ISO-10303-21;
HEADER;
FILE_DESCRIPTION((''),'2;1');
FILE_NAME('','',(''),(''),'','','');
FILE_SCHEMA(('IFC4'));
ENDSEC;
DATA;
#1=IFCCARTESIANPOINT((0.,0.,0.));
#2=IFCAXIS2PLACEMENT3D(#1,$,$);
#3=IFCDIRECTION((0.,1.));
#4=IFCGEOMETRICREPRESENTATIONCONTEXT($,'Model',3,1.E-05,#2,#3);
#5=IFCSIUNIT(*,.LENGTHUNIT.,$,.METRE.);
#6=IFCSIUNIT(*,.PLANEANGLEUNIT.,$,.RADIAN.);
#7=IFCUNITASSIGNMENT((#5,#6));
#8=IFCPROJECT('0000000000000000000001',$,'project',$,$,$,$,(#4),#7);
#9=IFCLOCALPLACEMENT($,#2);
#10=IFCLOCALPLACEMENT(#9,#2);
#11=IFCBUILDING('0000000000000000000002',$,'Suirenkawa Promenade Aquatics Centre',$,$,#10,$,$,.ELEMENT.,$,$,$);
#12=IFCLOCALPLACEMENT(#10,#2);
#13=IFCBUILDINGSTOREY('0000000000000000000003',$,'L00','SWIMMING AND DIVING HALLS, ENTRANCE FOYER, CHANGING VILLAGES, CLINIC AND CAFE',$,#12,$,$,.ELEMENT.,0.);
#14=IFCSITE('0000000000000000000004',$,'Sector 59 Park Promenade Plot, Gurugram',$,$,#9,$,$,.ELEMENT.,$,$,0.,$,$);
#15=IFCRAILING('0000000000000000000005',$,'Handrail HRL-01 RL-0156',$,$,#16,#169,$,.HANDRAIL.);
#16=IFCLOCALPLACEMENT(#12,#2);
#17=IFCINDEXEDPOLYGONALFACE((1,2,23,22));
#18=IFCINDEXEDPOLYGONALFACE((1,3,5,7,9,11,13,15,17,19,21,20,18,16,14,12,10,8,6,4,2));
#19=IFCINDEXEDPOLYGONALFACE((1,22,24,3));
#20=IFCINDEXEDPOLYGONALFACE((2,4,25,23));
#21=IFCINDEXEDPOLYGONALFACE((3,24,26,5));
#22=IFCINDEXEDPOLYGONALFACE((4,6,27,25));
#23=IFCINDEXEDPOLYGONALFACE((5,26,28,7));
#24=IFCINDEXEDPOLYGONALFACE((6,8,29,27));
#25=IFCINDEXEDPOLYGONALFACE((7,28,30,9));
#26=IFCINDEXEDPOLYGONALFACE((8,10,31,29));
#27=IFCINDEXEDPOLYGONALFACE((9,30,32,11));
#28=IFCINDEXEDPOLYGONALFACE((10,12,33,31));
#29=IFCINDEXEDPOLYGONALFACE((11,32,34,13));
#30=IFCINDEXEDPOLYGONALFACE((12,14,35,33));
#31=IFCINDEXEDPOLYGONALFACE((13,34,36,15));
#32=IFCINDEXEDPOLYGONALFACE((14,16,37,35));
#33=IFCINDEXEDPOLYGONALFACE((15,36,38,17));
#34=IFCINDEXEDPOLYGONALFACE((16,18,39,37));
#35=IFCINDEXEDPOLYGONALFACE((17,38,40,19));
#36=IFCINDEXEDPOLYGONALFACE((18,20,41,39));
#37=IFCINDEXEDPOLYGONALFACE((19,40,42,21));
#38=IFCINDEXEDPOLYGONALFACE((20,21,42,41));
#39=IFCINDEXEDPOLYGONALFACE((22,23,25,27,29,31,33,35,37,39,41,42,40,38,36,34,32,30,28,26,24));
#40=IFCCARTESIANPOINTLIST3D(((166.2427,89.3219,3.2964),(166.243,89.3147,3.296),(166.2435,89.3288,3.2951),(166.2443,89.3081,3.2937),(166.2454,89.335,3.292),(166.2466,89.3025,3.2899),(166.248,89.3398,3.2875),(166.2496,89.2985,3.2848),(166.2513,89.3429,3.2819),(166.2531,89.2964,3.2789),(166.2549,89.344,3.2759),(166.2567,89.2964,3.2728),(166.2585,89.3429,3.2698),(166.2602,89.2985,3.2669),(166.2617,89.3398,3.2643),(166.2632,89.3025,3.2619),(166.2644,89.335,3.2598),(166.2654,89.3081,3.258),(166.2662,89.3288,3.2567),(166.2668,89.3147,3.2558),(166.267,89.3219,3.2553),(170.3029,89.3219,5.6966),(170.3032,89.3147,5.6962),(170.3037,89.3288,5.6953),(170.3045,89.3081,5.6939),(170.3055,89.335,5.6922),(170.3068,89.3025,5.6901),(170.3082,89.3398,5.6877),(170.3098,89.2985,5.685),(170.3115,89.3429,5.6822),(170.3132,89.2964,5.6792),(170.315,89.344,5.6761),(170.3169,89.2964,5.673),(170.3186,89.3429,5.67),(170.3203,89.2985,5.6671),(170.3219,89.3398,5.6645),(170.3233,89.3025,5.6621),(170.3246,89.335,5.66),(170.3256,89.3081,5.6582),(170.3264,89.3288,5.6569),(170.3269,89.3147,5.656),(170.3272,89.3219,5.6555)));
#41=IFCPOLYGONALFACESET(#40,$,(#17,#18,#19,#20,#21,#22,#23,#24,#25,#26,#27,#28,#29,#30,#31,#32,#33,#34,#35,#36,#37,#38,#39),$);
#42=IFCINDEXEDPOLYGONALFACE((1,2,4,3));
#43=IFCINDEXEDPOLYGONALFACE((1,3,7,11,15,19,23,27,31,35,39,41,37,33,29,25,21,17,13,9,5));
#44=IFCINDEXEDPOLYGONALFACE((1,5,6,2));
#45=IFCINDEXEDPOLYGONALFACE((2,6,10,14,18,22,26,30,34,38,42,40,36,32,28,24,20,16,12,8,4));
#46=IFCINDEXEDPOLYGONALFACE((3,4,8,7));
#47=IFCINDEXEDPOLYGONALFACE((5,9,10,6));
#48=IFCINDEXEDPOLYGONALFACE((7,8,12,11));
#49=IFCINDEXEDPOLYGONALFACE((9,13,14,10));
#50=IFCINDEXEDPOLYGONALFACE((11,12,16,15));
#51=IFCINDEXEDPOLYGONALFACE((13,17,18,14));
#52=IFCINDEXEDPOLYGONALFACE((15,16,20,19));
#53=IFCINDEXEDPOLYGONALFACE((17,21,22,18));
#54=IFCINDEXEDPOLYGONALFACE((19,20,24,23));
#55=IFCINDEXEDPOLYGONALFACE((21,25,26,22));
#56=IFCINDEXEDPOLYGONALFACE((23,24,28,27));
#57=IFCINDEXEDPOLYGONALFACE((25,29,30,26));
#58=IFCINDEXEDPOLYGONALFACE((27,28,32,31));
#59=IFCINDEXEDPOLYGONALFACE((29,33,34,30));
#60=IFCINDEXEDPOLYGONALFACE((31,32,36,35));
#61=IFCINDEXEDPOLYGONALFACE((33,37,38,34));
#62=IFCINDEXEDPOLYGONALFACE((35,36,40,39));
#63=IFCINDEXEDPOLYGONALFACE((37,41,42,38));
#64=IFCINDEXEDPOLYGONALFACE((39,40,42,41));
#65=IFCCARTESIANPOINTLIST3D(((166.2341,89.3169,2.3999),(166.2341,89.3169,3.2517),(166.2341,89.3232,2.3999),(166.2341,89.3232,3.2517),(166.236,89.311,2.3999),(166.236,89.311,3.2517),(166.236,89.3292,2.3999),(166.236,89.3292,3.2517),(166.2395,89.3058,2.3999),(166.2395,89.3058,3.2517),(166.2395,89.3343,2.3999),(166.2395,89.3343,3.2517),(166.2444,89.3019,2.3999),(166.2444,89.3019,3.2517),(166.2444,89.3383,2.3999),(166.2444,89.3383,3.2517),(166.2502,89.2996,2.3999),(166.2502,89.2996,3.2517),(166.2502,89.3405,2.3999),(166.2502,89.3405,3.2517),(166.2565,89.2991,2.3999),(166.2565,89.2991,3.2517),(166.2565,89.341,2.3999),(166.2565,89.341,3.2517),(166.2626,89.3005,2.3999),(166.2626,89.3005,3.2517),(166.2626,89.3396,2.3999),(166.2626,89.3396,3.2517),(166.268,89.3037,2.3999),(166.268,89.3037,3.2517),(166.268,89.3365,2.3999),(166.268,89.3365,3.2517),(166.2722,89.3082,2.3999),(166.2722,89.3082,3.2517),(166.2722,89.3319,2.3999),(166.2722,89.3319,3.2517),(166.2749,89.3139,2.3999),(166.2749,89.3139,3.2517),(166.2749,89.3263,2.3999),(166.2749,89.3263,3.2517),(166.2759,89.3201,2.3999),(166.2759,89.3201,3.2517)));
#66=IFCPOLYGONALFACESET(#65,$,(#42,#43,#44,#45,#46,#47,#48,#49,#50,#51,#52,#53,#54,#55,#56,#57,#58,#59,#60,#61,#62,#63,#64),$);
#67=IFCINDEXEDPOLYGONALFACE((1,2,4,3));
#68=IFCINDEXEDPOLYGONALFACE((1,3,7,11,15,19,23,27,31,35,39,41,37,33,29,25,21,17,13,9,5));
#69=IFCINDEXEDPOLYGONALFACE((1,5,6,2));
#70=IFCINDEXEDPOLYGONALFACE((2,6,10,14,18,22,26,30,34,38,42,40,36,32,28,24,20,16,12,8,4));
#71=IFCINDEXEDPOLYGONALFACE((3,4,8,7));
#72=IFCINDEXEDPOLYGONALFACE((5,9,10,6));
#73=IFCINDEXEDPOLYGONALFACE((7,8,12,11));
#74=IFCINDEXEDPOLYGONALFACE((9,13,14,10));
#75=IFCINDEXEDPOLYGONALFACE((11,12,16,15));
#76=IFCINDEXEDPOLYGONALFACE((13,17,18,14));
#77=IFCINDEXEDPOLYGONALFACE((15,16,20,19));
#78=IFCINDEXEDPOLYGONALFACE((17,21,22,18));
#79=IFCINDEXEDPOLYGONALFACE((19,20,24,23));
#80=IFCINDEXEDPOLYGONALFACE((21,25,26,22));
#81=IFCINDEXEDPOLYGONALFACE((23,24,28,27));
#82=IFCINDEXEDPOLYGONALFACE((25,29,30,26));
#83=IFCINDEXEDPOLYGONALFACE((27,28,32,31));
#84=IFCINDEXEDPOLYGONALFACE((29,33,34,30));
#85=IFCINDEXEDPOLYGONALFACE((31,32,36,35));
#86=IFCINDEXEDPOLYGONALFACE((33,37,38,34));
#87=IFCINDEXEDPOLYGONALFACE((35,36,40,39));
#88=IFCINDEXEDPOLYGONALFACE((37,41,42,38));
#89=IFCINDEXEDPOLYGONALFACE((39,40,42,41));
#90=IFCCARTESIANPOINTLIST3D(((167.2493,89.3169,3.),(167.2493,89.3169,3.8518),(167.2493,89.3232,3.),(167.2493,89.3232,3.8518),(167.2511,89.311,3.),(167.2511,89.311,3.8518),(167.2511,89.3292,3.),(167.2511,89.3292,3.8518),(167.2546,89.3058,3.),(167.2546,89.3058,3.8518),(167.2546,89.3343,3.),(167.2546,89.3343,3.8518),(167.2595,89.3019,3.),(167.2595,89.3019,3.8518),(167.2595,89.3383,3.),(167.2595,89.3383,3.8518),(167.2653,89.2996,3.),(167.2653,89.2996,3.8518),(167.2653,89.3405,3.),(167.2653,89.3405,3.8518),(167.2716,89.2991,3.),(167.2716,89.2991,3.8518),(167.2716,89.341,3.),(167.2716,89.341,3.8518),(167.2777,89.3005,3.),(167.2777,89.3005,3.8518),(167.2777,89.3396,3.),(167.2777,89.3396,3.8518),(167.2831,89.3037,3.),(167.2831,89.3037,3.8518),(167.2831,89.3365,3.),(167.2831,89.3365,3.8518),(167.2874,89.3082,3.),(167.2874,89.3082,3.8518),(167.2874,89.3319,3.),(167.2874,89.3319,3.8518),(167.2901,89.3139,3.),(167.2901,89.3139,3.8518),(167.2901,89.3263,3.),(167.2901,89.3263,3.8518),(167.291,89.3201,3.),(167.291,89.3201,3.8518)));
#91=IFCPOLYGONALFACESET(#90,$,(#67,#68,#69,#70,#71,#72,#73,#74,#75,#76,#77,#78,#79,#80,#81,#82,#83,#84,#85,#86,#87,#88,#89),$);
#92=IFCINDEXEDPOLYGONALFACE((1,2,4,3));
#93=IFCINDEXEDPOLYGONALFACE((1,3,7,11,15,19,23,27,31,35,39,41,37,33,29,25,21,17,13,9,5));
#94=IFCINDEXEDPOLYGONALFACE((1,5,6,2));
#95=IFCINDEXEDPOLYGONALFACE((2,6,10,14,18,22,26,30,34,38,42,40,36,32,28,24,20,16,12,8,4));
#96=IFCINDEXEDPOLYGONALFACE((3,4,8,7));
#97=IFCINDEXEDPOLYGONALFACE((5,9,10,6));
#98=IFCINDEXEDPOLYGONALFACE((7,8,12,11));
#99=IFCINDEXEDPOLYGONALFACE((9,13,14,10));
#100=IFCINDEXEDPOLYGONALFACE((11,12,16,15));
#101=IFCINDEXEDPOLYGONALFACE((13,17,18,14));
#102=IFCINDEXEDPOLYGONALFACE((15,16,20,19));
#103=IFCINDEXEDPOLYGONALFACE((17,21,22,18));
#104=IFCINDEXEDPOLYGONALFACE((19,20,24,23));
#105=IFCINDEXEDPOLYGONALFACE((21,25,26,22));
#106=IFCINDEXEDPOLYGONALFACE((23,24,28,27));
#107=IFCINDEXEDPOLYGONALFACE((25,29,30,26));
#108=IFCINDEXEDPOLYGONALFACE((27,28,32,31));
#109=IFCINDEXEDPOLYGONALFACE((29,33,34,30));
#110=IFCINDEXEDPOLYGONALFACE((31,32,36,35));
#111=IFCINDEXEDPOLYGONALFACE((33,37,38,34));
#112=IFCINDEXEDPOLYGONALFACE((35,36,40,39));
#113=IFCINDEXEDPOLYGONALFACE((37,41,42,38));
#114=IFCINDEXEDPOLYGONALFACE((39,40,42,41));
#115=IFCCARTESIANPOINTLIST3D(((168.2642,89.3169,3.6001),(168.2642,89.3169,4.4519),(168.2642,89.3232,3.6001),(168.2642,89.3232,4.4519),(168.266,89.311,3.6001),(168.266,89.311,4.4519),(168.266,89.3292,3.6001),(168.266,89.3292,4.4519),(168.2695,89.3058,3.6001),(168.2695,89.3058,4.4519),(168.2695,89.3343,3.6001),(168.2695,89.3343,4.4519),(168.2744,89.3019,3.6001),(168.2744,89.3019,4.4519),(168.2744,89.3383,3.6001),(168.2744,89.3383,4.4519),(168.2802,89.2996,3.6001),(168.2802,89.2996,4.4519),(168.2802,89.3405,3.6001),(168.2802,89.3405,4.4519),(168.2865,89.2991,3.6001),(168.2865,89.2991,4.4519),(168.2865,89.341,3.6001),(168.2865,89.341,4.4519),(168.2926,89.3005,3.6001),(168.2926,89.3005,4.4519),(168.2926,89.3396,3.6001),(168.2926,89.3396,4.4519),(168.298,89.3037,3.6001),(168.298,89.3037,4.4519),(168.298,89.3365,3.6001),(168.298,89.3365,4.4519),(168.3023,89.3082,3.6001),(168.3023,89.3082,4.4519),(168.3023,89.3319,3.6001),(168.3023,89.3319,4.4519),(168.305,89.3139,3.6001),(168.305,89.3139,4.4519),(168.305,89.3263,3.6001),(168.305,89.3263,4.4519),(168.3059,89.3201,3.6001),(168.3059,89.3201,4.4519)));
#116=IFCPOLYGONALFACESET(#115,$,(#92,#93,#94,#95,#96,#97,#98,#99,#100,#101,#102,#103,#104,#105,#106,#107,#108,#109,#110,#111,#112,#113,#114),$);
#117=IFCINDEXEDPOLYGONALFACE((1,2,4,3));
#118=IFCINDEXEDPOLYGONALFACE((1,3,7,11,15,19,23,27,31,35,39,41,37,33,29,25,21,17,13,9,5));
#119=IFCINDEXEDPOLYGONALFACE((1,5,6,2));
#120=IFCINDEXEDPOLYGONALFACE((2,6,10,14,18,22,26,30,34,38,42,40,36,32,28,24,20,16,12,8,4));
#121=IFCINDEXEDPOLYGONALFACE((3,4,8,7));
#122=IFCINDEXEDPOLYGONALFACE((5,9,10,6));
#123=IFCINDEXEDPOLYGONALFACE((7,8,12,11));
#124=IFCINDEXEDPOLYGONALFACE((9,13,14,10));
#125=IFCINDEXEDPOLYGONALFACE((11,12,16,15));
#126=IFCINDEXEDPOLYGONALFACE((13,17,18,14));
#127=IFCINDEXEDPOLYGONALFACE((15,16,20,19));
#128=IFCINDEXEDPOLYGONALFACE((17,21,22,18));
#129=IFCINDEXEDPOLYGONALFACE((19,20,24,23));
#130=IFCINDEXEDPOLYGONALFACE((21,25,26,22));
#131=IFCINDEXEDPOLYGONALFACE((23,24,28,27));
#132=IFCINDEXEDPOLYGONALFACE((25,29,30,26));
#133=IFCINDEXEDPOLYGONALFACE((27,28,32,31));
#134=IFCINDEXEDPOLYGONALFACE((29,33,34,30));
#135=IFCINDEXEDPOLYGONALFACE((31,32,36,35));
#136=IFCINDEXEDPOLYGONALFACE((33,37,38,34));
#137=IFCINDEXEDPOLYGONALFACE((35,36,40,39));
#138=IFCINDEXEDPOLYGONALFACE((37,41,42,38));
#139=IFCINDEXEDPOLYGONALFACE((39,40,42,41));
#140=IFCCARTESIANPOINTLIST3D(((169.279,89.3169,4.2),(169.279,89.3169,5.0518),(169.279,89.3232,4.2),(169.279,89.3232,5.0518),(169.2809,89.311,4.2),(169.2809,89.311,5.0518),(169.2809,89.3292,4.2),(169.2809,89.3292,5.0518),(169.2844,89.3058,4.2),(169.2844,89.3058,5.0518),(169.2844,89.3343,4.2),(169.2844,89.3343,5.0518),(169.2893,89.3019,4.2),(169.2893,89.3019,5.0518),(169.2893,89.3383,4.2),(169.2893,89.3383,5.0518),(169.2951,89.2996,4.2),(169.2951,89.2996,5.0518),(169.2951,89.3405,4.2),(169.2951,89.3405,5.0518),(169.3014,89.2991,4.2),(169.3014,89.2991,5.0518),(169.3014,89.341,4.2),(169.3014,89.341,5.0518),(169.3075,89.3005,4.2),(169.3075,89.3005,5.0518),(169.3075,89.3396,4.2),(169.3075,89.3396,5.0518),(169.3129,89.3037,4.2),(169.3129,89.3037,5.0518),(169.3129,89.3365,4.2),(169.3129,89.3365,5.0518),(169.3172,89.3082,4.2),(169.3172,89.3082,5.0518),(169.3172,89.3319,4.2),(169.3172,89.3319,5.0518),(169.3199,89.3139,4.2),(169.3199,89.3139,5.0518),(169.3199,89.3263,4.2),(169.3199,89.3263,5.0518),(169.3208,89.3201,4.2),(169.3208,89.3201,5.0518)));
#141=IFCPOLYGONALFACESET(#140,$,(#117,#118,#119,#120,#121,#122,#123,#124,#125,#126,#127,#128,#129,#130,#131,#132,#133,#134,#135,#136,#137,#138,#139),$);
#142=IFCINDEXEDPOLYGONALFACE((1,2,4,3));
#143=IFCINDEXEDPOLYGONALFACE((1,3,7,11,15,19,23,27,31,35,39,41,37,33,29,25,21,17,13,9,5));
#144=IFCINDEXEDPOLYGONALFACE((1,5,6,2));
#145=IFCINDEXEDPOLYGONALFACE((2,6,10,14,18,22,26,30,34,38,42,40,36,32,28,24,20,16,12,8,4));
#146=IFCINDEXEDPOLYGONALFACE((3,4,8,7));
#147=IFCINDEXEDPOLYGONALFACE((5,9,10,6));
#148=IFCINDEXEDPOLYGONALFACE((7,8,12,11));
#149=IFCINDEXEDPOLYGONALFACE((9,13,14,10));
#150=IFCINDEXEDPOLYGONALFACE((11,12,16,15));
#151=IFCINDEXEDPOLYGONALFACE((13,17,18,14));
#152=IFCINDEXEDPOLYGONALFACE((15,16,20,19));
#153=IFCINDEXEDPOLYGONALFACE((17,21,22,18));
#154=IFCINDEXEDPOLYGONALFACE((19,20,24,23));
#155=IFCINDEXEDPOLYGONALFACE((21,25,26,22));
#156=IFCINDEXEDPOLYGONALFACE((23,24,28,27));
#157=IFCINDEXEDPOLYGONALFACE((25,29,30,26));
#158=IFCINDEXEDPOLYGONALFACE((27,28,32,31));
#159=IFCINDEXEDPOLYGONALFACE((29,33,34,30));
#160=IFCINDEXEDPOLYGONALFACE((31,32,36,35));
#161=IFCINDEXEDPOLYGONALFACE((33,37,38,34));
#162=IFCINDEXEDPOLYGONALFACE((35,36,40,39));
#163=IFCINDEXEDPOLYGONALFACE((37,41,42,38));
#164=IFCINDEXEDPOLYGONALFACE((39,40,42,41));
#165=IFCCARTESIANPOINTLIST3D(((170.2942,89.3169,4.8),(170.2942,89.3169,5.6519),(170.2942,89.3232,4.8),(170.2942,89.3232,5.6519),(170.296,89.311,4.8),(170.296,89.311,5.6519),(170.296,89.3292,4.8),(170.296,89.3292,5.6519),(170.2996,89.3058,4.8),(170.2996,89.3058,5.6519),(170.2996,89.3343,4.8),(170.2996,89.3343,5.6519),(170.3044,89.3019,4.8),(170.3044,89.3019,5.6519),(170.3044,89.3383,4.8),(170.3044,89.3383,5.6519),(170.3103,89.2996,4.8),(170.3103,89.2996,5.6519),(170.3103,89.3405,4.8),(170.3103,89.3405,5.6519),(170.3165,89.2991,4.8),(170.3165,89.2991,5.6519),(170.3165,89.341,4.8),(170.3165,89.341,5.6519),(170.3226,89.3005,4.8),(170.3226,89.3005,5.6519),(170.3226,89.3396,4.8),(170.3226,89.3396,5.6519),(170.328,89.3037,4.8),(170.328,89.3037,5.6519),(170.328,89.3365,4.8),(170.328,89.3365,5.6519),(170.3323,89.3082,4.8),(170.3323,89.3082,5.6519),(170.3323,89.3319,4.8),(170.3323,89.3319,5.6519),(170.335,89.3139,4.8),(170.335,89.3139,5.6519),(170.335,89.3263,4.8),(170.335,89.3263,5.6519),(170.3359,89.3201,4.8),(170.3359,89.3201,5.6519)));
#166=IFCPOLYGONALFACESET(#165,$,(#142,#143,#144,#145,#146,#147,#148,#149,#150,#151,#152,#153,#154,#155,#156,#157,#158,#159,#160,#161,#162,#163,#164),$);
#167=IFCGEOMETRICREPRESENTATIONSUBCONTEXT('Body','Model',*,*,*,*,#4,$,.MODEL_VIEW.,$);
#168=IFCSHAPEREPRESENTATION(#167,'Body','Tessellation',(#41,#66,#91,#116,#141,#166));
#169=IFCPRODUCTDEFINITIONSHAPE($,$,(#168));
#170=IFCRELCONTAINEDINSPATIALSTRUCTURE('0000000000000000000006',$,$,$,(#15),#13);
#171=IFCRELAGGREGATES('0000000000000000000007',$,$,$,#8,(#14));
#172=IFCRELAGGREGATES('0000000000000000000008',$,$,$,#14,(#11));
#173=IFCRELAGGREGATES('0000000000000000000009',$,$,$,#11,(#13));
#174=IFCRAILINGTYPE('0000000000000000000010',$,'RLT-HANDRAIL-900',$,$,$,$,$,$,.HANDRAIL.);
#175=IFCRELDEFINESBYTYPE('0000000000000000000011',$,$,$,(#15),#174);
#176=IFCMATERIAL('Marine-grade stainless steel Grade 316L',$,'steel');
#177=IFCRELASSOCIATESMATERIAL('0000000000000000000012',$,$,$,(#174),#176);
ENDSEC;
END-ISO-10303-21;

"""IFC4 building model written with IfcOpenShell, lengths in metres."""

from ifc_helpers import new_model, si_unit, direction, frame, origin, origin_2d, place, context, subcontext, project, spatial, circle, extrude, material, type_object, element, save


model = new_model("IFC4")

# Units and contexts
model_context = context("Model", 3, precision=1e-05, world=origin(), true_north=direction((0.0, 1.0)))
body_context = subcontext(model_context, "Body", "Model", "MODEL_VIEW")
ifc_project = project(units=[si_unit("LENGTHUNIT", "METRE"), si_unit("PLANEANGLEUNIT", "RADIAN")], contexts=[model_context])

# Site, building, storey
site_placement = place(None, origin())
site = spatial("IfcSite", under=ifc_project, at=site_placement, Name="Sector 59 Park Promenade Plot, Gurugram", CompositionType="ELEMENT", RefElevation=0.0)
building_placement = place(site_placement, origin())
building = spatial("IfcBuilding", under=site, at=building_placement, Name="Suirenkawa Promenade Aquatics Centre", CompositionType="ELEMENT")
storey_placement = place(building_placement, origin())
storey = spatial("IfcBuildingStorey", under=building, at=storey_placement, Name="L00", Description="SWIMMING AND DIVING HALLS, ENTRANCE FOYER, CHANGING VILLAGES, CLINIC AND CAFE", CompositionType="ELEMENT", Elevation=0.0)

# Shared definitions
ifc_material_1 = material(Name="Marine-grade stainless steel Grade 316L", Category="steel")

# Railing
railing_type_1 = type_object("IfcRailingType", Name="RLT-HANDRAIL-900", PredefinedType="HANDRAIL", material=ifc_material_1)
for number, where, name in (
    (1, (166.2549, 89.3201, 2.3999), "Handrail HRL-01 RL-0156"),
):
    element("IfcRailing", number, at=place(storey_placement, frame(where)), inside=storey, type_object=railing_type_1, Name=name, PredefinedType="HANDRAIL", context=body_context, shape_type="SweptSolid", body=[
        extrude(circle(Radius=0.0239, at=origin_2d()), frame((0.0, 0.0, 0.876), z_axis=(0.860832, 0.0, 0.50889), x_axis=(0.0, 1.0, 0.0)), (0.0, 0.0, 1.0), 4.7166),
        extrude(circle(Radius=0.021, at=origin_2d()), origin(), (0.0, 0.0, 1.0), 0.8518),
        extrude(circle(Radius=0.021, at=origin_2d()), frame((1.0151, 0.0, 0.6001)), (0.0, 0.0, 1.0), 0.8518),
        extrude(circle(Radius=0.021, at=origin_2d()), frame((2.03, 0.0, 1.2002)), (0.0, 0.0, 1.0), 0.8518),
        extrude(circle(Radius=0.021, at=origin_2d()), frame((3.0449, 0.0, 1.8)), (0.0, 0.0, 1.0), 0.8518),
        extrude(circle(Radius=0.021, at=origin_2d()), frame((4.0601, 0.0, 2.4001)), (0.0, 0.0, 1.0), 0.8518),
    ])

save(model, "model.ifc")
